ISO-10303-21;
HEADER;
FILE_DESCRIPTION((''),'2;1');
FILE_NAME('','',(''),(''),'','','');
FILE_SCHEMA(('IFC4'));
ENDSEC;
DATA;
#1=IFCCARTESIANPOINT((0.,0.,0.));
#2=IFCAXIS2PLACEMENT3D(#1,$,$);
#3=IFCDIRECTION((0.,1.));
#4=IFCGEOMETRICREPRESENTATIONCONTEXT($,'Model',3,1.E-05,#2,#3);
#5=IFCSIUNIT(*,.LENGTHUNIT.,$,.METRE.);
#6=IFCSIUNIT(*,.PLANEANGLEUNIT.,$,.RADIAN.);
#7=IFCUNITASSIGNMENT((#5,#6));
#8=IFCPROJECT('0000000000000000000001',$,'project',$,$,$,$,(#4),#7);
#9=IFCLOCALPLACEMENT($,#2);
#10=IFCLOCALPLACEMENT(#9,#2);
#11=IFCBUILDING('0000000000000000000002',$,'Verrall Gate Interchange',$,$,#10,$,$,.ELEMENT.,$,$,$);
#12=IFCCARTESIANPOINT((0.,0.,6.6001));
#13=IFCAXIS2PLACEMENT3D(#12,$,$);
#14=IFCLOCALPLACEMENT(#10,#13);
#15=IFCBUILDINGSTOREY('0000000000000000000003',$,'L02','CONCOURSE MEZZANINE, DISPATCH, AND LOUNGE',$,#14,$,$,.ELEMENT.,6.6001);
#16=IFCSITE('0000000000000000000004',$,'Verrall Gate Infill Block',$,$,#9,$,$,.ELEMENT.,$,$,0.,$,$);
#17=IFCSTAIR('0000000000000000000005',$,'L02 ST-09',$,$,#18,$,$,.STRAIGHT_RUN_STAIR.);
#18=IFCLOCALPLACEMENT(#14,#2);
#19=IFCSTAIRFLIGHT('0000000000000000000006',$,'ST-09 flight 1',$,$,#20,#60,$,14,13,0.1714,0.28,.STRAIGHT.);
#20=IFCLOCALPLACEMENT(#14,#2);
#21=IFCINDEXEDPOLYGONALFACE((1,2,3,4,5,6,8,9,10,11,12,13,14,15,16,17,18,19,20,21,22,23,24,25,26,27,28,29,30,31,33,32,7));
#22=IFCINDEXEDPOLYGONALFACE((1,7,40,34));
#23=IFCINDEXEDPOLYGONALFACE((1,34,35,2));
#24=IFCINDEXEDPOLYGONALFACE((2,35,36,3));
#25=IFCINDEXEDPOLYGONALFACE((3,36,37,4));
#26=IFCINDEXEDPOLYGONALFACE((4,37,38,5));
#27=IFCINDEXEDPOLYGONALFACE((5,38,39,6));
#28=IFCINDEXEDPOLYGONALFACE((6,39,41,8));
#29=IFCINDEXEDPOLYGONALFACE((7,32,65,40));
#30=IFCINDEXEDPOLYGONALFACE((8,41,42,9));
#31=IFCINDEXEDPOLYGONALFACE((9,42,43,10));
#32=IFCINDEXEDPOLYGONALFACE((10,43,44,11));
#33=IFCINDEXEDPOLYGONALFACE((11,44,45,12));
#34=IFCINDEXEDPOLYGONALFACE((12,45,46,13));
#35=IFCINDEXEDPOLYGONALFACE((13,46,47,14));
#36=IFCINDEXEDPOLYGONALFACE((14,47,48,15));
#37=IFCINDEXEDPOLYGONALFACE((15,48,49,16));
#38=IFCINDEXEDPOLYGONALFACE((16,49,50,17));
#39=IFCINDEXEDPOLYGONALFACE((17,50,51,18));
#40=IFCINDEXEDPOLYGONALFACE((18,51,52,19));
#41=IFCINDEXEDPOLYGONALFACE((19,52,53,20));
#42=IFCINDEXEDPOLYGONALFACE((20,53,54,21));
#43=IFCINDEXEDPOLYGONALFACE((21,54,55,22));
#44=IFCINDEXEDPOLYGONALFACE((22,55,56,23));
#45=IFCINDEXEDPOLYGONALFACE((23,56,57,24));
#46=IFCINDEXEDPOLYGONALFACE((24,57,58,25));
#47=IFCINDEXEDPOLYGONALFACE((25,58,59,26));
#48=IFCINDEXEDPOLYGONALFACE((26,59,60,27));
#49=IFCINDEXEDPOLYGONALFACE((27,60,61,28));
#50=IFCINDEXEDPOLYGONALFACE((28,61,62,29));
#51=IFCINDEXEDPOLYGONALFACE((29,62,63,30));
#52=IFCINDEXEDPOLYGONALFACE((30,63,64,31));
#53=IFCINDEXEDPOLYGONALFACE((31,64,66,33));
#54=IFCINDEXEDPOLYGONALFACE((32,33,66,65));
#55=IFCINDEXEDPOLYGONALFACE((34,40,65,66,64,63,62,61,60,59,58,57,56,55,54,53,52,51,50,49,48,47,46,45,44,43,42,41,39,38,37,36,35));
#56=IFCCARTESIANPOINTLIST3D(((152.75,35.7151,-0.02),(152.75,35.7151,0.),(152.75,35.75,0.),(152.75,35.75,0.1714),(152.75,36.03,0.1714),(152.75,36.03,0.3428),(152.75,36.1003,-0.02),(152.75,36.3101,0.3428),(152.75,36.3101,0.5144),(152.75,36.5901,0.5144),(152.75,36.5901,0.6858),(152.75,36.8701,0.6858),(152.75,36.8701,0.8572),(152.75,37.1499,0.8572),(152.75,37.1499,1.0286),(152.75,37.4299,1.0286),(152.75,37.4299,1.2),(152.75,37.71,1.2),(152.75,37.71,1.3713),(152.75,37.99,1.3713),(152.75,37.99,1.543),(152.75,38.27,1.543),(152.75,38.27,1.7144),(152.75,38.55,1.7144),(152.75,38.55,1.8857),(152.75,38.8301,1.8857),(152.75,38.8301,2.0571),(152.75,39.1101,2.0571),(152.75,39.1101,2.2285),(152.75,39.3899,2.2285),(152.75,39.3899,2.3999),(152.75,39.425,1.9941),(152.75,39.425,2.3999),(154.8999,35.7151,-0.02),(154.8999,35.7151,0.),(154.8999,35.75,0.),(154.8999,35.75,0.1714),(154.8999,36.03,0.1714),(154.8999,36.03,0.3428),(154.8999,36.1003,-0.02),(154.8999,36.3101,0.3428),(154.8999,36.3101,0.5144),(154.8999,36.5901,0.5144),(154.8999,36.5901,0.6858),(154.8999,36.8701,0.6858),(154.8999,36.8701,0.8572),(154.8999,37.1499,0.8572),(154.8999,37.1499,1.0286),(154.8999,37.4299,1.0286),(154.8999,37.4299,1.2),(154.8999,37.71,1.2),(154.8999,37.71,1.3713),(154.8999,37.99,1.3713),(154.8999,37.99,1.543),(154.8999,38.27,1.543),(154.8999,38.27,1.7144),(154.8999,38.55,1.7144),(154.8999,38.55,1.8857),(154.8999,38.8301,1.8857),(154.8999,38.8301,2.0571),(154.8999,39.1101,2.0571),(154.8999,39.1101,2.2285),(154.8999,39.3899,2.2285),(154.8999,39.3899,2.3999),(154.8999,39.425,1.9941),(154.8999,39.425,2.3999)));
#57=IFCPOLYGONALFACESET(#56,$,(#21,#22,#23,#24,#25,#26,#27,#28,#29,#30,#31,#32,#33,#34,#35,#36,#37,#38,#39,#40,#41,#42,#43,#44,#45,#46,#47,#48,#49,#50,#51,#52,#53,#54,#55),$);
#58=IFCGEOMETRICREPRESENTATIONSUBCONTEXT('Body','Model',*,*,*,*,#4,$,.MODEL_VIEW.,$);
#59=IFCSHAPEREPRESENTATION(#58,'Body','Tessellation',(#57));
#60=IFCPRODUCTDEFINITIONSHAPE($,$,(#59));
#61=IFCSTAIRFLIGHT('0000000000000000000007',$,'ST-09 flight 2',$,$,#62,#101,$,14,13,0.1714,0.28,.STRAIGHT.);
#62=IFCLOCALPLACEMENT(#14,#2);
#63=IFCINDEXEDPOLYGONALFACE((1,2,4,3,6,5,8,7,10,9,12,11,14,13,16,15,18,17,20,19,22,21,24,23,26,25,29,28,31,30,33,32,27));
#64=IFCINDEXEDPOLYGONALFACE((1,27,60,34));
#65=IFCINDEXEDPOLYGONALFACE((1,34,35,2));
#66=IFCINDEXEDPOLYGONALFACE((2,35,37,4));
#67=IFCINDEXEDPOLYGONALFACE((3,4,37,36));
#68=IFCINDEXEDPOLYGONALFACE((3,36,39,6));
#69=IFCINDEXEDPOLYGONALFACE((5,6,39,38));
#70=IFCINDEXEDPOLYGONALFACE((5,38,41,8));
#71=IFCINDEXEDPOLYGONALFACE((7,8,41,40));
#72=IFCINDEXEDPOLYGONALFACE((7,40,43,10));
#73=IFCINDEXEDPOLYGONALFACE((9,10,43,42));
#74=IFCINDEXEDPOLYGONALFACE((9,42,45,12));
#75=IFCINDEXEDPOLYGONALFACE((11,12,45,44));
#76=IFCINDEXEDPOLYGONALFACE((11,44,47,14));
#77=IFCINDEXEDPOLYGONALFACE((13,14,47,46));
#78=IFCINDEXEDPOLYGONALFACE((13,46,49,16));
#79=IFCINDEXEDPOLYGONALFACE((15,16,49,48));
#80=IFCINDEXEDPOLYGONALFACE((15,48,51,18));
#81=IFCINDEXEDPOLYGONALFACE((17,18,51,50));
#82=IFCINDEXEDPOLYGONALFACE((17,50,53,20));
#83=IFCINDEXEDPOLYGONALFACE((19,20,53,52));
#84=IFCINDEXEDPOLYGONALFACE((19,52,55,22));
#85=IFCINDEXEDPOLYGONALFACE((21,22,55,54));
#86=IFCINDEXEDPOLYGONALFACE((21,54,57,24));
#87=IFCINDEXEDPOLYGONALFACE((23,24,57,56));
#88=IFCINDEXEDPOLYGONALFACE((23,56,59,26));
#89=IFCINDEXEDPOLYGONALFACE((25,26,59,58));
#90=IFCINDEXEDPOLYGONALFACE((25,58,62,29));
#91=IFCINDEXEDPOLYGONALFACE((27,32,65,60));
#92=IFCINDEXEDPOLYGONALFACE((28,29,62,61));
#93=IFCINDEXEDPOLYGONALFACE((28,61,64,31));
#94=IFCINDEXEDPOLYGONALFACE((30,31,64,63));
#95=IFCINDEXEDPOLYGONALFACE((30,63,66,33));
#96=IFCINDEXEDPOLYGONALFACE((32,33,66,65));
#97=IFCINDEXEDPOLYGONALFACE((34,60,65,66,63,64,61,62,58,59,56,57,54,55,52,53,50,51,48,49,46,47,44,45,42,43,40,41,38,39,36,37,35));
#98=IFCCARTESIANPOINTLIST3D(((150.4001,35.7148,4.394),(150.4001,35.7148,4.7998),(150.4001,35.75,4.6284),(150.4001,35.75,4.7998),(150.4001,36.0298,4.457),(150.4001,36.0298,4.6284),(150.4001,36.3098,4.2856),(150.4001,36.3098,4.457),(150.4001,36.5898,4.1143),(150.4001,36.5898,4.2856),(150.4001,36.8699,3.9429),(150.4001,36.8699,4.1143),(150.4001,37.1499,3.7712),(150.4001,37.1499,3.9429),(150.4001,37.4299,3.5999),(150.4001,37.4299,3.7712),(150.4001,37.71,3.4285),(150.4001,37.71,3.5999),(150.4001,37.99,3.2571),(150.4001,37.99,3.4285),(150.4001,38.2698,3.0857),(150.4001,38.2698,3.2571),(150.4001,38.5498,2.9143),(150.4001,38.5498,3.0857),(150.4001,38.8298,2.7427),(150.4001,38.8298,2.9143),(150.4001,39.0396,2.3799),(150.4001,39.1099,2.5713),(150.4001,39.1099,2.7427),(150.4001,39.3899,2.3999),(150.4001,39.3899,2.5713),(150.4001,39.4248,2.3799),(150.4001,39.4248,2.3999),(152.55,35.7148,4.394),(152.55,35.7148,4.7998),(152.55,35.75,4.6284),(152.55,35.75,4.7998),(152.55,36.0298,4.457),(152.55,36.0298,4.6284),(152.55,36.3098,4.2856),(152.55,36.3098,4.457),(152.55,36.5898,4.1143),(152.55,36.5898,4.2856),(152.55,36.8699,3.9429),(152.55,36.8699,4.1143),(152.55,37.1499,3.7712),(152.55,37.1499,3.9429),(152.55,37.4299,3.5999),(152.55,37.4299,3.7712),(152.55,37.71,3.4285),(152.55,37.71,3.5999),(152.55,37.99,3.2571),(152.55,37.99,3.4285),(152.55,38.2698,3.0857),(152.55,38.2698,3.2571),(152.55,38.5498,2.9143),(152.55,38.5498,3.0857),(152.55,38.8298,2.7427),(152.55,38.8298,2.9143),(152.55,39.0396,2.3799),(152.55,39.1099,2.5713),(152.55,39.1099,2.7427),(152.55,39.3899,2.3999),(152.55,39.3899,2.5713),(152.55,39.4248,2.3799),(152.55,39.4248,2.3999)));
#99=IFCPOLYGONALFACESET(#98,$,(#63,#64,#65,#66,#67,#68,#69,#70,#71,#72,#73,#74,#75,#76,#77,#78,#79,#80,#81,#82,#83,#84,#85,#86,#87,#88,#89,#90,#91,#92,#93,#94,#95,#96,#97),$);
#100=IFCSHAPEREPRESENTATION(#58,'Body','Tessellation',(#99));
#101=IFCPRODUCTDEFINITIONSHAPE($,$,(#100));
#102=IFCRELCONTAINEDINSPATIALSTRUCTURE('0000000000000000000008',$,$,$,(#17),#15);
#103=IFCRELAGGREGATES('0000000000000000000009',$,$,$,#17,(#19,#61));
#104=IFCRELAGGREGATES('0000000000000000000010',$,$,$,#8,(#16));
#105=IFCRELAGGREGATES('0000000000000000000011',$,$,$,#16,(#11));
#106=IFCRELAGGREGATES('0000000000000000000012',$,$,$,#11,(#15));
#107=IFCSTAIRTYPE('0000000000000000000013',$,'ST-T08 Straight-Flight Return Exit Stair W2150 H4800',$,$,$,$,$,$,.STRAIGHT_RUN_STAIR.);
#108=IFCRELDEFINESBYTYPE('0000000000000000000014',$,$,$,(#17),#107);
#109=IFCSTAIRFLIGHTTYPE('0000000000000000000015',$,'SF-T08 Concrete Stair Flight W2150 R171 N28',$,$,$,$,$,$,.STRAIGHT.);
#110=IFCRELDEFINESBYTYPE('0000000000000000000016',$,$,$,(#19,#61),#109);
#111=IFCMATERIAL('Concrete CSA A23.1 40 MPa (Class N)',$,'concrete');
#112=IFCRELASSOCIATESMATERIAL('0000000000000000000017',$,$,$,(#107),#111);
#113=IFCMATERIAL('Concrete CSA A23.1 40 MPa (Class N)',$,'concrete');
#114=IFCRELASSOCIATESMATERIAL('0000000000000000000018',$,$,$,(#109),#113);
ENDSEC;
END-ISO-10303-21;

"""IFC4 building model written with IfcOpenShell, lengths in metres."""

from ifc_helpers import new_model, si_unit, direction, frame, origin, place, context, subcontext, project, spatial, polyline, outline, extrude, material, type_object, element, aggregate, save


model = new_model("IFC4")

# Units and contexts
model_context = context("Model", 3, precision=1e-05, world=origin(), true_north=direction((0.0, 1.0)))
body_context = subcontext(model_context, "Body", "Model", "MODEL_VIEW")
ifc_project = project(units=[si_unit("LENGTHUNIT", "METRE"), si_unit("PLANEANGLEUNIT", "RADIAN")], contexts=[model_context])

# Site, building, storey
site_placement = place(None, origin())
site = spatial("IfcSite", under=ifc_project, at=site_placement, Name="Verrall Gate Infill Block", CompositionType="ELEMENT", RefElevation=0.0)
building_placement = place(site_placement, origin())
building = spatial("IfcBuilding", under=site, at=building_placement, Name="Verrall Gate Interchange", CompositionType="ELEMENT")
storey_placement = place(building_placement, frame((0.0, 0.0, 6.6001)))
storey = spatial("IfcBuildingStorey", under=building, at=storey_placement, Name="L02", Description="CONCOURSE MEZZANINE, DISPATCH, AND LOUNGE", CompositionType="ELEMENT", Elevation=6.6001)

# Stair, stair flights
ifc_material_1 = material(Name="Concrete CSA A23.1 40 MPa (Class N)", Category="concrete")
stair_type = type_object("IfcStairType", Name="ST-T08 Straight-Flight Return Exit Stair W2150 H4800", PredefinedType="STRAIGHT_RUN_STAIR", material=ifc_material_1)
stair_placement = place(storey_placement, origin())
stair = element("IfcStair", 1, at=stair_placement, inside=storey, type_object=stair_type, Name="L02 ST-09", PredefinedType="STRAIGHT_RUN_STAIR")
ifc_material_2 = material(Name="Concrete CSA A23.1 40 MPa (Class N)", Category="concrete")
stair_flight_type = type_object("IfcStairFlightType", Name="SF-T08 Concrete Stair Flight W2150 R171 N28", PredefinedType="STRAIGHT", material=ifc_material_2)
stair_flight_1_placement = place(storey_placement, frame((153.825, 35.75, 0.0), z_axis=(0.0, 0.0, 1.0), x_axis=(0.0, 1.0, 0.0)))
stair_flight_1 = element("IfcStairFlight", 2, at=stair_flight_1_placement, type_object=stair_flight_type, Name="ST-09 flight 1", NumberOfRisers=14, NumberOfTreads=13, PredefinedType="STRAIGHT", RiserHeight=0.1714, TreadLength=0.28, context=body_context, shape_type="SweptSolid", body=[
    extrude(outline(polyline([(-0.0349, -0.02), (-0.0349, 0.0), (0.0, 0.0), (0.0, 0.1714), (0.28, 0.1714), (0.28, 0.3428), (0.5601, 0.3428), (0.5601, 0.5144), (0.8401, 0.5144), (0.8401, 0.6858), (1.1201, 0.6858), (1.1201, 0.8572), (1.3999, 0.8572), (1.3999, 1.0286), (1.6799, 1.0286), (1.6799, 1.2), (1.96, 1.2), (1.96, 1.3713), (2.24, 1.3713), (2.24, 1.543), (2.52, 1.543), (2.52, 1.7144), (2.8, 1.7144), (2.8, 1.8857), (3.0801, 1.8857), (3.0801, 2.0571), (3.3601, 2.0571), (3.3601, 2.2285), (3.6399, 2.2285), (3.6399, 2.3999), (3.675, 2.3999), (3.675, 1.9941), (0.3503, -0.02), (-0.0349, -0.02)])), frame((0.0, 1.075, 0.0), z_axis=(0.0, -1.0, 0.0), x_axis=(1.0, 0.0, 0.0)), (0.0, 0.0, 1.0), 2.1499),
])
stair_flight_2_placement = place(storey_placement, frame((151.4751, 39.3899, 2.3999), z_axis=(0.0, 0.0, 1.0), x_axis=(0.0, -1.0, 0.0)))
stair_flight_2 = element("IfcStairFlight", 3, at=stair_flight_2_placement, type_object=stair_flight_type, Name="ST-09 flight 2", NumberOfRisers=14, NumberOfTreads=13, PredefinedType="STRAIGHT", RiserHeight=0.1714, TreadLength=0.28, context=body_context, shape_type="SweptSolid", body=[
    extrude(outline(polyline([(-0.0349, -0.02), (-0.0349, 0.0), (0.0, 0.0), (0.0, 0.1714), (0.28, 0.1714), (0.28, 0.3428), (0.5601, 0.3428), (0.5601, 0.5144), (0.8401, 0.5144), (0.8401, 0.6858), (1.1201, 0.6858), (1.1201, 0.8572), (1.3999, 0.8572), (1.3999, 1.0286), (1.6799, 1.0286), (1.6799, 1.2), (1.96, 1.2), (1.96, 1.3713), (2.24, 1.3713), (2.24, 1.543), (2.52, 1.543), (2.52, 1.7144), (2.8, 1.7144), (2.8, 1.8857), (3.0801, 1.8857), (3.0801, 2.0571), (3.3601, 2.0571), (3.3601, 2.2285), (3.6399, 2.2285), (3.6399, 2.3999), (3.675, 2.3999), (3.675, 1.9941), (0.3503, -0.02), (-0.0349, -0.02)])), frame((0.0, 1.075, 0.0), z_axis=(0.0, -1.0, 0.0), x_axis=(1.0, 0.0, 0.0)), (0.0, 0.0, 1.0), 2.1499),
])
aggregate(stair, [stair_flight_1, stair_flight_2])

save(model, "model.ifc")
